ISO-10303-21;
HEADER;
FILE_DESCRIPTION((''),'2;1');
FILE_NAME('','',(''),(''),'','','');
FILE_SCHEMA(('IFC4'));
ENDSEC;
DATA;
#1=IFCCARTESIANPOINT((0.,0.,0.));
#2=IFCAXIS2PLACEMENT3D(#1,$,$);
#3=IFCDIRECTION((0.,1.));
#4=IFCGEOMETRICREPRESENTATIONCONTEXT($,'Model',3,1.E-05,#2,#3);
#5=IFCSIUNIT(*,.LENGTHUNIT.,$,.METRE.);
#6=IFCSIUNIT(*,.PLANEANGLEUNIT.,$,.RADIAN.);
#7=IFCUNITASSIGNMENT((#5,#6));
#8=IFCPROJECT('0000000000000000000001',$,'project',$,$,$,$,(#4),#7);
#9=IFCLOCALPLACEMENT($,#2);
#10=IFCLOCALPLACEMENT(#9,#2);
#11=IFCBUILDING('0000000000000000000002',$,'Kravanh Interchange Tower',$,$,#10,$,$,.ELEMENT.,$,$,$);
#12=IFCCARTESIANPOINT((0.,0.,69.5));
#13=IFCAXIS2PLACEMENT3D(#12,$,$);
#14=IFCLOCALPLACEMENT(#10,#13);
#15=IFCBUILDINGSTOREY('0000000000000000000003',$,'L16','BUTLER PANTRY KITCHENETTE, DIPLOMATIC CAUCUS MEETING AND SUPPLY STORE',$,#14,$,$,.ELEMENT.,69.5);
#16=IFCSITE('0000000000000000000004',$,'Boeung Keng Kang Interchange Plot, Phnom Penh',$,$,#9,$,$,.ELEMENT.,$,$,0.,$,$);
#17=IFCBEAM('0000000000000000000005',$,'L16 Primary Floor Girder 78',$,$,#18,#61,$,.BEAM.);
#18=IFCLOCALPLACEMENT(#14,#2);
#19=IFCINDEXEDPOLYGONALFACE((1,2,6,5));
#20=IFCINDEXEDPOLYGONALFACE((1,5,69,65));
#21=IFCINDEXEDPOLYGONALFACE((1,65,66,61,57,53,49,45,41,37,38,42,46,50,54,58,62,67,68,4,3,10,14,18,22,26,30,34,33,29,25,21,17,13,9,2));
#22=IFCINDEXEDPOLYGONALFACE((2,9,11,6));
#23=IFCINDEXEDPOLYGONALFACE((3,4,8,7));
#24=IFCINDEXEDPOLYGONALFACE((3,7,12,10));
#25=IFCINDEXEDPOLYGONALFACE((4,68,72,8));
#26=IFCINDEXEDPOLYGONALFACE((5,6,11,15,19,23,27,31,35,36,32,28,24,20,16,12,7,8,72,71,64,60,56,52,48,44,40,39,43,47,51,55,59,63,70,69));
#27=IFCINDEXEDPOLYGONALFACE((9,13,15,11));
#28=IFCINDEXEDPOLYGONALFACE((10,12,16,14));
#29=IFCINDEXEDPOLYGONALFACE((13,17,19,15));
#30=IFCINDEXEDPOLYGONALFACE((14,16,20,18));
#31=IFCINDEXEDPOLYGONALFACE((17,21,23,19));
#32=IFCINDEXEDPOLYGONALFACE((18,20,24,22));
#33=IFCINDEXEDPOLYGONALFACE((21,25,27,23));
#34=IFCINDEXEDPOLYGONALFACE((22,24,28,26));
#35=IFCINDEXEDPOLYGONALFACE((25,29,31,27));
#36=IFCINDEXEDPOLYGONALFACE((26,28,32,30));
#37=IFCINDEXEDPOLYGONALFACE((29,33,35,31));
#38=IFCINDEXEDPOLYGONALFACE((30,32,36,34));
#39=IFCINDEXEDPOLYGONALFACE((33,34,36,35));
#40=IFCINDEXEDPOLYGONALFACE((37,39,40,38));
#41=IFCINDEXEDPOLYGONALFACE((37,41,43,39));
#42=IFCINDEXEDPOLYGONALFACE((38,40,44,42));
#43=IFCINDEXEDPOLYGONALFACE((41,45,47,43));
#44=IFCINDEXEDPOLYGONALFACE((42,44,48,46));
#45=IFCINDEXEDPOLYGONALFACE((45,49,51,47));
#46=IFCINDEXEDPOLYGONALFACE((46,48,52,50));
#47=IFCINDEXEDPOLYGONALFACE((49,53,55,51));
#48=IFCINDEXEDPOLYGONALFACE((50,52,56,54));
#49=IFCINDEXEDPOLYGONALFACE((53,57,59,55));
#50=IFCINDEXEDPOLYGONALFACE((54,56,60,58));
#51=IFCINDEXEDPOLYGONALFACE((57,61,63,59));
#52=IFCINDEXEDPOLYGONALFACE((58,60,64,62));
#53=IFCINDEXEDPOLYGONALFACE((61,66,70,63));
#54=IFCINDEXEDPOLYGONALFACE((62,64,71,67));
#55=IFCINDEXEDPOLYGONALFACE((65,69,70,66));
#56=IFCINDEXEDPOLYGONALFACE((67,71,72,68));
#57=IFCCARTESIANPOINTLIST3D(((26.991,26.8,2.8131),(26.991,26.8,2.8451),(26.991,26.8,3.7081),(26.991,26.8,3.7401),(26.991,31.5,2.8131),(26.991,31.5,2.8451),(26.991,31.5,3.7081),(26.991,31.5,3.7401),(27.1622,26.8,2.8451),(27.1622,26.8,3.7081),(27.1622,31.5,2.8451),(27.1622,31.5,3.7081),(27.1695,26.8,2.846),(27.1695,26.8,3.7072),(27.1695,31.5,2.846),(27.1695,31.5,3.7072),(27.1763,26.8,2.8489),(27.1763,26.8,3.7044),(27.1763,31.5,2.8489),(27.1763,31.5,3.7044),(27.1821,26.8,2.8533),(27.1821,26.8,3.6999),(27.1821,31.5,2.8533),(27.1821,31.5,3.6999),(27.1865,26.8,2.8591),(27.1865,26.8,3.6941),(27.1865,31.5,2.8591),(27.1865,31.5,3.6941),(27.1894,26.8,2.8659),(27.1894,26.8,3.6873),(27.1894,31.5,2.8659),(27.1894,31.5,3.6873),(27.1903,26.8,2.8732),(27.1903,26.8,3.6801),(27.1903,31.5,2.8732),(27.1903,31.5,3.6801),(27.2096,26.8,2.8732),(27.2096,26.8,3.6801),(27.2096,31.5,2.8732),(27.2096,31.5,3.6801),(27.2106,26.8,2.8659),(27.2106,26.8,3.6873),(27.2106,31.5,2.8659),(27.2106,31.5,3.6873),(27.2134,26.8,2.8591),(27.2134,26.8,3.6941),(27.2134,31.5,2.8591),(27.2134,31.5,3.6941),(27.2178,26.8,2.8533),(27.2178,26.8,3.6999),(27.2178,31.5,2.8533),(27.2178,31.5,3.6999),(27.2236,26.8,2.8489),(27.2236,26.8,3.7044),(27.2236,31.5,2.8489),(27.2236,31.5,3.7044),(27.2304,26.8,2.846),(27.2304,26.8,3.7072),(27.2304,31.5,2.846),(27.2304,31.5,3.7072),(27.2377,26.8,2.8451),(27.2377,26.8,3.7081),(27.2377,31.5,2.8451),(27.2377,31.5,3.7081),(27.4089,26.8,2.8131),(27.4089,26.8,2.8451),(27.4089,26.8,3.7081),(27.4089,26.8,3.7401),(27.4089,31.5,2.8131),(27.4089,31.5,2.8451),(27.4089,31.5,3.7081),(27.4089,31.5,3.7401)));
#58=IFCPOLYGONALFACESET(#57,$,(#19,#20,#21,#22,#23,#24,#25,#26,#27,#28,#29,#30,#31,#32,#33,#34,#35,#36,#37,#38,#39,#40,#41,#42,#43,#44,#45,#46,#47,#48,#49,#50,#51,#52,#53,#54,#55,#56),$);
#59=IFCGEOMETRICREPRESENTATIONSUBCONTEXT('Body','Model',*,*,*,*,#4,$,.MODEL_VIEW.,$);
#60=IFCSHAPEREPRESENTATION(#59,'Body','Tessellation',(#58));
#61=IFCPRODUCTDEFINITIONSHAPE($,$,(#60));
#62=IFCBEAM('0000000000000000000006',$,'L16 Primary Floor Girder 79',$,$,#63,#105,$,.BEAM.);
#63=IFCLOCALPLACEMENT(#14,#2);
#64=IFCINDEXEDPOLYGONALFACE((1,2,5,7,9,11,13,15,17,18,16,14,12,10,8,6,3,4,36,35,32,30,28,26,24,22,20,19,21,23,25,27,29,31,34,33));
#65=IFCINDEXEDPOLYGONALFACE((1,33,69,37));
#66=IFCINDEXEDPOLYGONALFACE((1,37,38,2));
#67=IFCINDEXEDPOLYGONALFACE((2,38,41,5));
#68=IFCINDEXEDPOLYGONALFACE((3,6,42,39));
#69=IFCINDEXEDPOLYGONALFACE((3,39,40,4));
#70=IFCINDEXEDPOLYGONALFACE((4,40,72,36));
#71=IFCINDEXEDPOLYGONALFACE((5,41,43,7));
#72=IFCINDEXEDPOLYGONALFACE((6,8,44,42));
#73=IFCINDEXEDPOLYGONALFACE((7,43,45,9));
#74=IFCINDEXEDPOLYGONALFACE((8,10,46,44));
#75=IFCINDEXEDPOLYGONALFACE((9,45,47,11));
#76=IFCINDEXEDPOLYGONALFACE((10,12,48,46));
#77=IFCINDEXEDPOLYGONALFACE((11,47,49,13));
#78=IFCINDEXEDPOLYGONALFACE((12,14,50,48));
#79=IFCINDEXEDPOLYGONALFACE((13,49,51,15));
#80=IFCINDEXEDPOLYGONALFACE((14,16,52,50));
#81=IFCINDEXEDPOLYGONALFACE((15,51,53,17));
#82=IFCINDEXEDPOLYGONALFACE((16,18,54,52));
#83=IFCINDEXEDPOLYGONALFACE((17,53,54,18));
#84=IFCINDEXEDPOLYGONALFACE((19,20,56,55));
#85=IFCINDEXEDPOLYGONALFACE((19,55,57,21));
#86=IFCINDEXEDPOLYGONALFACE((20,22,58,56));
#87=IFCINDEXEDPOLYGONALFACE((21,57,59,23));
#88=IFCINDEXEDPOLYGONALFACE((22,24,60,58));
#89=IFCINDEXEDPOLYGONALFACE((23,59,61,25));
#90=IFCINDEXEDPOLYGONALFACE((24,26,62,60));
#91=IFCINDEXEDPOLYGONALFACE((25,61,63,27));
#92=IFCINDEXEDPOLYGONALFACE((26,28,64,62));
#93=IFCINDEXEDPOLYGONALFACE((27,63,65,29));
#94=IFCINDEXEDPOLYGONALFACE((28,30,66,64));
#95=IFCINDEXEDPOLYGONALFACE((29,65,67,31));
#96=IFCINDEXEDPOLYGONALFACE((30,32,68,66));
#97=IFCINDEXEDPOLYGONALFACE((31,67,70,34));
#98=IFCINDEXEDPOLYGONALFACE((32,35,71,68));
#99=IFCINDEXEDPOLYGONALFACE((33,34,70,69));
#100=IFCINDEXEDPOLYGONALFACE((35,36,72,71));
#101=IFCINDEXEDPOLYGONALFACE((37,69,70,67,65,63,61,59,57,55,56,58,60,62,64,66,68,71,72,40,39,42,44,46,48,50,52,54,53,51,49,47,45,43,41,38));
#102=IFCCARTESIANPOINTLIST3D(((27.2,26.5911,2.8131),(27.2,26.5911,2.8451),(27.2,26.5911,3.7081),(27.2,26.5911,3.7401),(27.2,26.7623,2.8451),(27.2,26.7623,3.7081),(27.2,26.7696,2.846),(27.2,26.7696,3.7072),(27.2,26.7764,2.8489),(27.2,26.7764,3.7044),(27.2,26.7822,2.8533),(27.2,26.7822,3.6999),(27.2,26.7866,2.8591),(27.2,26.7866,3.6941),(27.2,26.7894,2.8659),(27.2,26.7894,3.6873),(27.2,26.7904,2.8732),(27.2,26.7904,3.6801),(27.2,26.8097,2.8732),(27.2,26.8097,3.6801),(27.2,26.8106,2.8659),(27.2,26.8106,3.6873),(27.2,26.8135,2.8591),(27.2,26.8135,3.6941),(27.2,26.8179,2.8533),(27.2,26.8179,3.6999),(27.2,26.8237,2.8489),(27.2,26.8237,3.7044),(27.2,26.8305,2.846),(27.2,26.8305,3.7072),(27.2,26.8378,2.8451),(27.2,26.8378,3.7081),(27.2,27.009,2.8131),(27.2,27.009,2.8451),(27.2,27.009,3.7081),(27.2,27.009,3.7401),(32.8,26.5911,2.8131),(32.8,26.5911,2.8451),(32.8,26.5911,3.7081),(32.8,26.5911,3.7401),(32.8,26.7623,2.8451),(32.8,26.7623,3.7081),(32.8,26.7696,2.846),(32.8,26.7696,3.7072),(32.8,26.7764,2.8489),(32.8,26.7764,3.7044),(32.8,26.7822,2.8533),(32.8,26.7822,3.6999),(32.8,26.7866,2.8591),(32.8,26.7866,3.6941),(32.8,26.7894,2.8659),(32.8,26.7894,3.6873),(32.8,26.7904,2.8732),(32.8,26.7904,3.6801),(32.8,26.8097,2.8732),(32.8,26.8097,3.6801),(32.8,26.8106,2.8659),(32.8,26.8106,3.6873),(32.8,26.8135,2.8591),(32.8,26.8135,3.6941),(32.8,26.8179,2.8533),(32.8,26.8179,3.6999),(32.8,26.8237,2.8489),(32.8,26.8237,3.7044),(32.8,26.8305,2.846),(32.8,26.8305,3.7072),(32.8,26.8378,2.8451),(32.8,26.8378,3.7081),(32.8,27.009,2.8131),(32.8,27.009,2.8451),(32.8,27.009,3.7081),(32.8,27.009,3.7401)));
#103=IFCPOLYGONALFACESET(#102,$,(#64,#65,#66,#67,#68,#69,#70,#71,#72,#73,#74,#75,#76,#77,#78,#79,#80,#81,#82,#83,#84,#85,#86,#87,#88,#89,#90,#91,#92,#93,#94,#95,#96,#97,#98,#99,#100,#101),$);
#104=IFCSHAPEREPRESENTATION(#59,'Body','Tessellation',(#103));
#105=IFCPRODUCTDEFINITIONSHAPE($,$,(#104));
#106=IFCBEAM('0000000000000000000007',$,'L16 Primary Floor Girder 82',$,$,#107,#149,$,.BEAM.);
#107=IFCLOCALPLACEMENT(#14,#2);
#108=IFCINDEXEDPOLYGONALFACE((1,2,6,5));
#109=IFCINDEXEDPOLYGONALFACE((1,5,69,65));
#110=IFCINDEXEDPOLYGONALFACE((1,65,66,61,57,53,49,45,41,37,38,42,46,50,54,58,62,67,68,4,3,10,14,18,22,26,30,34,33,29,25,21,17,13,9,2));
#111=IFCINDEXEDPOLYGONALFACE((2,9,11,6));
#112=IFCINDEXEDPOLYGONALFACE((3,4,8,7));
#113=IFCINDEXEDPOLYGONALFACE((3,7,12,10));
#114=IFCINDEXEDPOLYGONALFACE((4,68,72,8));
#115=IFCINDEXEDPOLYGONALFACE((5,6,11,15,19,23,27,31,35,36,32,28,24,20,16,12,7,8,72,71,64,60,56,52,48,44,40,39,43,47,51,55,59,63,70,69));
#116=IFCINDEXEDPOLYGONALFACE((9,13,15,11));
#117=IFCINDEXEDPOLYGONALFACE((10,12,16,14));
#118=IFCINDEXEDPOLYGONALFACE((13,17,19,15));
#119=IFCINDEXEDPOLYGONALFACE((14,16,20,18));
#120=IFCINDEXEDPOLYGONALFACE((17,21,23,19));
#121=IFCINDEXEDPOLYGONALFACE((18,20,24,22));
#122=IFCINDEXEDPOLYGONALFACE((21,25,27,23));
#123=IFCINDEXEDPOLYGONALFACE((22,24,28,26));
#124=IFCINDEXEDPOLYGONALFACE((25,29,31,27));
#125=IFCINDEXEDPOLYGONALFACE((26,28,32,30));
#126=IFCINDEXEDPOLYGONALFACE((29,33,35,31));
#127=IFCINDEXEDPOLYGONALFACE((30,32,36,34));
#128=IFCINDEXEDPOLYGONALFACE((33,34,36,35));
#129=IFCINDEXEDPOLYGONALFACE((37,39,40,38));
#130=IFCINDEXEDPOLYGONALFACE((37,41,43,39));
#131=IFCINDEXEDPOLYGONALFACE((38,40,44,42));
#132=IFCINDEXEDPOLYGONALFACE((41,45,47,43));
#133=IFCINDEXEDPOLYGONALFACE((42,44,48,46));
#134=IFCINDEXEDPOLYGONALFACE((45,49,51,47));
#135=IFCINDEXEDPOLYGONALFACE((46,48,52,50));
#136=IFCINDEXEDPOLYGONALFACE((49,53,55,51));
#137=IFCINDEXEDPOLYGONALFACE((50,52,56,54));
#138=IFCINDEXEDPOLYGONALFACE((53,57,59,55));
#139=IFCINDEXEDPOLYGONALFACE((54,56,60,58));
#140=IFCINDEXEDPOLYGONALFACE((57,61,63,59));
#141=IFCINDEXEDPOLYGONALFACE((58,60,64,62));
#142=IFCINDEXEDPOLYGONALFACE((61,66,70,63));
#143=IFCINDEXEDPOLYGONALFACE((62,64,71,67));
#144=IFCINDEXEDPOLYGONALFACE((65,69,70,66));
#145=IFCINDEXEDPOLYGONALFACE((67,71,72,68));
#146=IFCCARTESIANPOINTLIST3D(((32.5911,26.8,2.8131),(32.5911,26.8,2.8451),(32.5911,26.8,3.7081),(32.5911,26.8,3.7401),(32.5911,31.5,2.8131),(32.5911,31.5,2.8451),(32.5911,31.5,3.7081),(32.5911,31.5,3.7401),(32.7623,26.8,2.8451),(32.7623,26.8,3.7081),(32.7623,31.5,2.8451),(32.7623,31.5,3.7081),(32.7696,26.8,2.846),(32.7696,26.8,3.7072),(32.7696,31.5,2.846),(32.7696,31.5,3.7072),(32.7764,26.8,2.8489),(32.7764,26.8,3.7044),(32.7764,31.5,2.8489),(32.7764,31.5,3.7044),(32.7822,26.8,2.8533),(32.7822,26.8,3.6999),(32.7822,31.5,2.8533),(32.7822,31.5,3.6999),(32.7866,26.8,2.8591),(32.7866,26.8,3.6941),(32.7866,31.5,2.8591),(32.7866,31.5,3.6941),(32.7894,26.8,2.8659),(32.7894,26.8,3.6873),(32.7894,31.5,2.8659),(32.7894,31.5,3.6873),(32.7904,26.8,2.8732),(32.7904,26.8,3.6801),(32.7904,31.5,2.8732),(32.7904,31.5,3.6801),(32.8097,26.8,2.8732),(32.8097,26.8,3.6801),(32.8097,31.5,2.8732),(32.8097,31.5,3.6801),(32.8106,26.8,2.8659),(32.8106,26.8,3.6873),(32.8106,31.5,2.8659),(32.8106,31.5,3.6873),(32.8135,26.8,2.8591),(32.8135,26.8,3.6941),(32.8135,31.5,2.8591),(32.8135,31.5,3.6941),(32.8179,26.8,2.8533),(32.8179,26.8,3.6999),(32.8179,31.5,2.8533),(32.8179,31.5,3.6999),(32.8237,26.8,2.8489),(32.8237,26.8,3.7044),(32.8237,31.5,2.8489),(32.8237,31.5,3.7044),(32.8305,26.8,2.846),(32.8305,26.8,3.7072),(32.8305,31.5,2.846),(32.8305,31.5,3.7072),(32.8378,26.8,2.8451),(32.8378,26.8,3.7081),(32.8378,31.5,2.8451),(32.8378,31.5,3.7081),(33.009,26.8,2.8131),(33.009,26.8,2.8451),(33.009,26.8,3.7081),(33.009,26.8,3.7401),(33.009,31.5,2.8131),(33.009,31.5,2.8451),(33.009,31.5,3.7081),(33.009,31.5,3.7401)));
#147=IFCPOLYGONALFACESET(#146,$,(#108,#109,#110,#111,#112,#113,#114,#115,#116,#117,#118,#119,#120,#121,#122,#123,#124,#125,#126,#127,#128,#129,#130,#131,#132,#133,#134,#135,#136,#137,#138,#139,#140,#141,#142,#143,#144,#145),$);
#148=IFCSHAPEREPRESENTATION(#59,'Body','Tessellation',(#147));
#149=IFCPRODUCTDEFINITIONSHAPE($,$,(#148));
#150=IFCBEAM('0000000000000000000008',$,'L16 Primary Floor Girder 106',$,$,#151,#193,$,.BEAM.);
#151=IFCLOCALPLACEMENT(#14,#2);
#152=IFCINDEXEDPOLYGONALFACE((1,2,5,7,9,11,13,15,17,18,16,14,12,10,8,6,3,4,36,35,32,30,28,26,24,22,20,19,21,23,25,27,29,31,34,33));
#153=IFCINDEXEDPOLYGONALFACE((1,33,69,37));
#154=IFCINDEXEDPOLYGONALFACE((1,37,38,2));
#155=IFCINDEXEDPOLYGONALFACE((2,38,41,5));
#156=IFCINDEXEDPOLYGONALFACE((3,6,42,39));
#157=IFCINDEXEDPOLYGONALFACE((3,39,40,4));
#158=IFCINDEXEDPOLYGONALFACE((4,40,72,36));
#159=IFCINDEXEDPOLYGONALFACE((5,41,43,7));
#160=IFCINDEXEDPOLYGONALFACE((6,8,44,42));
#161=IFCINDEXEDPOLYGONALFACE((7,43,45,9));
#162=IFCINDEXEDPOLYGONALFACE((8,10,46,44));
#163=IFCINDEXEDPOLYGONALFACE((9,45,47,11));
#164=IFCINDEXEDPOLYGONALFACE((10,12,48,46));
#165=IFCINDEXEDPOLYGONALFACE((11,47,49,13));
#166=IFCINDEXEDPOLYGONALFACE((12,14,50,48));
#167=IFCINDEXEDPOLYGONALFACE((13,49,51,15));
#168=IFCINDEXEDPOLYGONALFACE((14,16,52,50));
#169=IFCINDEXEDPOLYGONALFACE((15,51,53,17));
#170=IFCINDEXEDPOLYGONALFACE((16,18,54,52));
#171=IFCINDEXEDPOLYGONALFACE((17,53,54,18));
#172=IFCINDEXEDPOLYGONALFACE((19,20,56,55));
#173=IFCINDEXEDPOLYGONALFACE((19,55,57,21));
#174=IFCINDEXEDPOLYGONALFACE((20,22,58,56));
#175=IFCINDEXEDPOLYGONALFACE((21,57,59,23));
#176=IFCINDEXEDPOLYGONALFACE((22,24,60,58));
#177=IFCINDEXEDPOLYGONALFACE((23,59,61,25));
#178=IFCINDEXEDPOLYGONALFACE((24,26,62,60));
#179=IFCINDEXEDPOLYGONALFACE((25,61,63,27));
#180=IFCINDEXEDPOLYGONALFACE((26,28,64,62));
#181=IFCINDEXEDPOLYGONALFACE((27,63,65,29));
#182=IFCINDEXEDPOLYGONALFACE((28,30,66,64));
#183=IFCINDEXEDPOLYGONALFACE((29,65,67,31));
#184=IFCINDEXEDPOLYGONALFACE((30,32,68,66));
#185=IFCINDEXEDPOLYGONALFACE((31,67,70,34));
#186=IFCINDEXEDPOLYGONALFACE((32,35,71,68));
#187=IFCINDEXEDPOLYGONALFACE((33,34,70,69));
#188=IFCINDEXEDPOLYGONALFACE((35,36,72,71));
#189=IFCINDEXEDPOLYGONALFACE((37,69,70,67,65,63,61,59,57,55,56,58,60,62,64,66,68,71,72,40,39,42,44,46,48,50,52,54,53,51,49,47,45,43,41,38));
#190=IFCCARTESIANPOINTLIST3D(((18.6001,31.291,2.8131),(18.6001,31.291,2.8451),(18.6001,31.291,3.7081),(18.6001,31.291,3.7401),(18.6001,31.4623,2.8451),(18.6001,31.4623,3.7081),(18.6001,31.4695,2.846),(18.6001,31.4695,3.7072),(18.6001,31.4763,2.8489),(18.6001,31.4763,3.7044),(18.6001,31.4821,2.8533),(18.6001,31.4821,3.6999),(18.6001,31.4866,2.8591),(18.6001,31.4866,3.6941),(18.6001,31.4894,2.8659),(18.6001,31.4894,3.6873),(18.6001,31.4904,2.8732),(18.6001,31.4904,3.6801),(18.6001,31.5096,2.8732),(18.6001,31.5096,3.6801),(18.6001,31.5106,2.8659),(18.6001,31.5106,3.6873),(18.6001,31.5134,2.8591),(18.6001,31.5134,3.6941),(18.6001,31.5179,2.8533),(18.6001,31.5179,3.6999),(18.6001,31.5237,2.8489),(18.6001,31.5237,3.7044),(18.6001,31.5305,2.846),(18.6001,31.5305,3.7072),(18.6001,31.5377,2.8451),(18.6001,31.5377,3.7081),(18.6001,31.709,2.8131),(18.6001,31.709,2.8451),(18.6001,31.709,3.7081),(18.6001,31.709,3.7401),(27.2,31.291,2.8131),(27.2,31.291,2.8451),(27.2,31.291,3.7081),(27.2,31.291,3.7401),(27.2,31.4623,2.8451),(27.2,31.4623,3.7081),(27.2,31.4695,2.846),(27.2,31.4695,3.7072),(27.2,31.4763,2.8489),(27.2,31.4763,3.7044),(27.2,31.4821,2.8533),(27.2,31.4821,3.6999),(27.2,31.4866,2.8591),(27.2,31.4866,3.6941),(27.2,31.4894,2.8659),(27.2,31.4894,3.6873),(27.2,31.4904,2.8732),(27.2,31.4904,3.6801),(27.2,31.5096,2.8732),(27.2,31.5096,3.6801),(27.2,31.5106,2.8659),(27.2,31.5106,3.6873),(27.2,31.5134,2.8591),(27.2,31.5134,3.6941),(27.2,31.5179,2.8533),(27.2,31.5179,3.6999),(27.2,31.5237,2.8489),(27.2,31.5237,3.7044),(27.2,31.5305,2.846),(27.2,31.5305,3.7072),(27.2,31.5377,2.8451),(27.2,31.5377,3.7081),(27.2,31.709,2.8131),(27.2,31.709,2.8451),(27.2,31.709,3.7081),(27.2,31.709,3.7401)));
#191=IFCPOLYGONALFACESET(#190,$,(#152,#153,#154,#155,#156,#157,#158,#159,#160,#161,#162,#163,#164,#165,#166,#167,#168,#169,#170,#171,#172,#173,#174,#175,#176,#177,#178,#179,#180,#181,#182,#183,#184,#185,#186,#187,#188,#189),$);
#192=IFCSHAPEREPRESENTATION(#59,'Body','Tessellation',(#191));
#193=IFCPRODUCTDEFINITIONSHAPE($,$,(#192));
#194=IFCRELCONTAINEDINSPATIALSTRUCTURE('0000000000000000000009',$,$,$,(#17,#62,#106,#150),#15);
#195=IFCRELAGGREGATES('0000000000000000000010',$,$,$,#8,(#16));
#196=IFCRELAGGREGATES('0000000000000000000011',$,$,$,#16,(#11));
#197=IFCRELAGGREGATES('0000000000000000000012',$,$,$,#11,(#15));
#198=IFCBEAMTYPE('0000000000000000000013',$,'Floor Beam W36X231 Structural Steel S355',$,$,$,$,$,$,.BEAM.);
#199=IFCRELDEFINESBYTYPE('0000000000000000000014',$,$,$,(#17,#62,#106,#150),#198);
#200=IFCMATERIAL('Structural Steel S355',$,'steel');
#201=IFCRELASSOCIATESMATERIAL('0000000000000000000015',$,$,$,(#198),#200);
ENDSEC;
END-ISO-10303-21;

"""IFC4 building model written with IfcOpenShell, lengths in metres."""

from ifc_helpers import new_model, si_unit, direction, frame, origin, origin_2d, place, context, subcontext, project, spatial, i_section, extrude, material, material_profile, profile_set, type_object, element, save


model = new_model("IFC4")

# Units and contexts
model_context = context("Model", 3, precision=1e-05, world=origin(), true_north=direction((0.0, 1.0)))
body_context = subcontext(model_context, "Body", "Model", "MODEL_VIEW")
ifc_project = project(units=[si_unit("LENGTHUNIT", "METRE"), si_unit("PLANEANGLEUNIT", "RADIAN")], contexts=[model_context])

# Site, building, storey
site_placement = place(None, origin())
site = spatial("IfcSite", under=ifc_project, at=site_placement, Name="Boeung Keng Kang Interchange Plot, Phnom Penh", CompositionType="ELEMENT", RefElevation=0.0)
building_placement = place(site_placement, origin())
building = spatial("IfcBuilding", under=site, at=building_placement, Name="Kravanh Interchange Tower", CompositionType="ELEMENT")
storey_placement = place(building_placement, frame((0.0, 0.0, 69.5)))
storey = spatial("IfcBuildingStorey", under=building, at=storey_placement, Name="L16", Description="BUTLER PANTRY KITCHENETTE, DIPLOMATIC CAUCUS MEETING AND SUPPLY STORE", CompositionType="ELEMENT", Elevation=69.5)

# Beams
ifc_material_1 = material(Name="Structural Steel S355", Category="steel")
ifc_material_profile_1 = material_profile(ifc_material_1, i_section(OverallWidth=0.418, OverallDepth=0.927, WebThickness=0.0193, FlangeThickness=0.032, FilletRadius=0.0281, at=origin_2d()), Name="W36X231")
ifc_profile_set_1 = profile_set([ifc_material_profile_1], Name="Structural Steel S355")
beam_type_1 = type_object("IfcBeamType", Name="Floor Beam W36X231 Structural Steel S355", PredefinedType="BEAM", material=ifc_profile_set_1)
beam_1_placement = place(storey_placement, frame((27.2, 26.8, 3.2766), z_axis=(0.0, 1.0, 0.0), x_axis=(-1.0, 0.0, 0.0)))
element("IfcBeam", 1, at=beam_1_placement, inside=storey, type_object=beam_type_1, Name="L16 Primary Floor Girder 78", PredefinedType="BEAM", context=body_context, shape_type="SweptSolid", body=[
    extrude(i_section(OverallWidth=0.418, OverallDepth=0.927, WebThickness=0.0193, FlangeThickness=0.032, FilletRadius=0.0281, at=origin_2d()), origin(), (0.0, 0.0, 1.0), 4.7),
])
beam_2_placement = place(storey_placement, frame((27.2, 26.8, 3.2766), z_axis=(1.0, 0.0, 0.0), x_axis=(0.0, 1.0, 0.0)))
element("IfcBeam", 2, at=beam_2_placement, inside=storey, type_object=beam_type_1, Name="L16 Primary Floor Girder 79", PredefinedType="BEAM", context=body_context, shape_type="SweptSolid", body=[
    extrude(i_section(OverallWidth=0.418, OverallDepth=0.927, WebThickness=0.0193, FlangeThickness=0.032, FilletRadius=0.0281, at=origin_2d()), origin(), (0.0, 0.0, 1.0), 5.6001),
])
beam_3_placement = place(storey_placement, frame((32.8, 26.8, 3.2766), z_axis=(0.0, 1.0, 0.0), x_axis=(-1.0, 0.0, 0.0)))
element("IfcBeam", 3, at=beam_3_placement, inside=storey, type_object=beam_type_1, Name="L16 Primary Floor Girder 82", PredefinedType="BEAM", context=body_context, shape_type="SweptSolid", body=[
    extrude(i_section(OverallWidth=0.418, OverallDepth=0.927, WebThickness=0.0193, FlangeThickness=0.032, FilletRadius=0.0281, at=origin_2d()), origin(), (0.0, 0.0, 1.0), 4.7),
])
beam_4_placement = place(storey_placement, frame((18.6001, 31.5, 3.2766), z_axis=(1.0, 0.0, 0.0), x_axis=(0.0, 1.0, 0.0)))
element("IfcBeam", 4, at=beam_4_placement, inside=storey, type_object=beam_type_1, Name="L16 Primary Floor Girder 106", PredefinedType="BEAM", context=body_context, shape_type="SweptSolid", body=[
    extrude(i_section(OverallWidth=0.418, OverallDepth=0.927, WebThickness=0.0193, FlangeThickness=0.032, FilletRadius=0.0281, at=origin_2d()), origin(), (0.0, 0.0, 1.0), 8.5999),
])

save(model, "model.ifc")
